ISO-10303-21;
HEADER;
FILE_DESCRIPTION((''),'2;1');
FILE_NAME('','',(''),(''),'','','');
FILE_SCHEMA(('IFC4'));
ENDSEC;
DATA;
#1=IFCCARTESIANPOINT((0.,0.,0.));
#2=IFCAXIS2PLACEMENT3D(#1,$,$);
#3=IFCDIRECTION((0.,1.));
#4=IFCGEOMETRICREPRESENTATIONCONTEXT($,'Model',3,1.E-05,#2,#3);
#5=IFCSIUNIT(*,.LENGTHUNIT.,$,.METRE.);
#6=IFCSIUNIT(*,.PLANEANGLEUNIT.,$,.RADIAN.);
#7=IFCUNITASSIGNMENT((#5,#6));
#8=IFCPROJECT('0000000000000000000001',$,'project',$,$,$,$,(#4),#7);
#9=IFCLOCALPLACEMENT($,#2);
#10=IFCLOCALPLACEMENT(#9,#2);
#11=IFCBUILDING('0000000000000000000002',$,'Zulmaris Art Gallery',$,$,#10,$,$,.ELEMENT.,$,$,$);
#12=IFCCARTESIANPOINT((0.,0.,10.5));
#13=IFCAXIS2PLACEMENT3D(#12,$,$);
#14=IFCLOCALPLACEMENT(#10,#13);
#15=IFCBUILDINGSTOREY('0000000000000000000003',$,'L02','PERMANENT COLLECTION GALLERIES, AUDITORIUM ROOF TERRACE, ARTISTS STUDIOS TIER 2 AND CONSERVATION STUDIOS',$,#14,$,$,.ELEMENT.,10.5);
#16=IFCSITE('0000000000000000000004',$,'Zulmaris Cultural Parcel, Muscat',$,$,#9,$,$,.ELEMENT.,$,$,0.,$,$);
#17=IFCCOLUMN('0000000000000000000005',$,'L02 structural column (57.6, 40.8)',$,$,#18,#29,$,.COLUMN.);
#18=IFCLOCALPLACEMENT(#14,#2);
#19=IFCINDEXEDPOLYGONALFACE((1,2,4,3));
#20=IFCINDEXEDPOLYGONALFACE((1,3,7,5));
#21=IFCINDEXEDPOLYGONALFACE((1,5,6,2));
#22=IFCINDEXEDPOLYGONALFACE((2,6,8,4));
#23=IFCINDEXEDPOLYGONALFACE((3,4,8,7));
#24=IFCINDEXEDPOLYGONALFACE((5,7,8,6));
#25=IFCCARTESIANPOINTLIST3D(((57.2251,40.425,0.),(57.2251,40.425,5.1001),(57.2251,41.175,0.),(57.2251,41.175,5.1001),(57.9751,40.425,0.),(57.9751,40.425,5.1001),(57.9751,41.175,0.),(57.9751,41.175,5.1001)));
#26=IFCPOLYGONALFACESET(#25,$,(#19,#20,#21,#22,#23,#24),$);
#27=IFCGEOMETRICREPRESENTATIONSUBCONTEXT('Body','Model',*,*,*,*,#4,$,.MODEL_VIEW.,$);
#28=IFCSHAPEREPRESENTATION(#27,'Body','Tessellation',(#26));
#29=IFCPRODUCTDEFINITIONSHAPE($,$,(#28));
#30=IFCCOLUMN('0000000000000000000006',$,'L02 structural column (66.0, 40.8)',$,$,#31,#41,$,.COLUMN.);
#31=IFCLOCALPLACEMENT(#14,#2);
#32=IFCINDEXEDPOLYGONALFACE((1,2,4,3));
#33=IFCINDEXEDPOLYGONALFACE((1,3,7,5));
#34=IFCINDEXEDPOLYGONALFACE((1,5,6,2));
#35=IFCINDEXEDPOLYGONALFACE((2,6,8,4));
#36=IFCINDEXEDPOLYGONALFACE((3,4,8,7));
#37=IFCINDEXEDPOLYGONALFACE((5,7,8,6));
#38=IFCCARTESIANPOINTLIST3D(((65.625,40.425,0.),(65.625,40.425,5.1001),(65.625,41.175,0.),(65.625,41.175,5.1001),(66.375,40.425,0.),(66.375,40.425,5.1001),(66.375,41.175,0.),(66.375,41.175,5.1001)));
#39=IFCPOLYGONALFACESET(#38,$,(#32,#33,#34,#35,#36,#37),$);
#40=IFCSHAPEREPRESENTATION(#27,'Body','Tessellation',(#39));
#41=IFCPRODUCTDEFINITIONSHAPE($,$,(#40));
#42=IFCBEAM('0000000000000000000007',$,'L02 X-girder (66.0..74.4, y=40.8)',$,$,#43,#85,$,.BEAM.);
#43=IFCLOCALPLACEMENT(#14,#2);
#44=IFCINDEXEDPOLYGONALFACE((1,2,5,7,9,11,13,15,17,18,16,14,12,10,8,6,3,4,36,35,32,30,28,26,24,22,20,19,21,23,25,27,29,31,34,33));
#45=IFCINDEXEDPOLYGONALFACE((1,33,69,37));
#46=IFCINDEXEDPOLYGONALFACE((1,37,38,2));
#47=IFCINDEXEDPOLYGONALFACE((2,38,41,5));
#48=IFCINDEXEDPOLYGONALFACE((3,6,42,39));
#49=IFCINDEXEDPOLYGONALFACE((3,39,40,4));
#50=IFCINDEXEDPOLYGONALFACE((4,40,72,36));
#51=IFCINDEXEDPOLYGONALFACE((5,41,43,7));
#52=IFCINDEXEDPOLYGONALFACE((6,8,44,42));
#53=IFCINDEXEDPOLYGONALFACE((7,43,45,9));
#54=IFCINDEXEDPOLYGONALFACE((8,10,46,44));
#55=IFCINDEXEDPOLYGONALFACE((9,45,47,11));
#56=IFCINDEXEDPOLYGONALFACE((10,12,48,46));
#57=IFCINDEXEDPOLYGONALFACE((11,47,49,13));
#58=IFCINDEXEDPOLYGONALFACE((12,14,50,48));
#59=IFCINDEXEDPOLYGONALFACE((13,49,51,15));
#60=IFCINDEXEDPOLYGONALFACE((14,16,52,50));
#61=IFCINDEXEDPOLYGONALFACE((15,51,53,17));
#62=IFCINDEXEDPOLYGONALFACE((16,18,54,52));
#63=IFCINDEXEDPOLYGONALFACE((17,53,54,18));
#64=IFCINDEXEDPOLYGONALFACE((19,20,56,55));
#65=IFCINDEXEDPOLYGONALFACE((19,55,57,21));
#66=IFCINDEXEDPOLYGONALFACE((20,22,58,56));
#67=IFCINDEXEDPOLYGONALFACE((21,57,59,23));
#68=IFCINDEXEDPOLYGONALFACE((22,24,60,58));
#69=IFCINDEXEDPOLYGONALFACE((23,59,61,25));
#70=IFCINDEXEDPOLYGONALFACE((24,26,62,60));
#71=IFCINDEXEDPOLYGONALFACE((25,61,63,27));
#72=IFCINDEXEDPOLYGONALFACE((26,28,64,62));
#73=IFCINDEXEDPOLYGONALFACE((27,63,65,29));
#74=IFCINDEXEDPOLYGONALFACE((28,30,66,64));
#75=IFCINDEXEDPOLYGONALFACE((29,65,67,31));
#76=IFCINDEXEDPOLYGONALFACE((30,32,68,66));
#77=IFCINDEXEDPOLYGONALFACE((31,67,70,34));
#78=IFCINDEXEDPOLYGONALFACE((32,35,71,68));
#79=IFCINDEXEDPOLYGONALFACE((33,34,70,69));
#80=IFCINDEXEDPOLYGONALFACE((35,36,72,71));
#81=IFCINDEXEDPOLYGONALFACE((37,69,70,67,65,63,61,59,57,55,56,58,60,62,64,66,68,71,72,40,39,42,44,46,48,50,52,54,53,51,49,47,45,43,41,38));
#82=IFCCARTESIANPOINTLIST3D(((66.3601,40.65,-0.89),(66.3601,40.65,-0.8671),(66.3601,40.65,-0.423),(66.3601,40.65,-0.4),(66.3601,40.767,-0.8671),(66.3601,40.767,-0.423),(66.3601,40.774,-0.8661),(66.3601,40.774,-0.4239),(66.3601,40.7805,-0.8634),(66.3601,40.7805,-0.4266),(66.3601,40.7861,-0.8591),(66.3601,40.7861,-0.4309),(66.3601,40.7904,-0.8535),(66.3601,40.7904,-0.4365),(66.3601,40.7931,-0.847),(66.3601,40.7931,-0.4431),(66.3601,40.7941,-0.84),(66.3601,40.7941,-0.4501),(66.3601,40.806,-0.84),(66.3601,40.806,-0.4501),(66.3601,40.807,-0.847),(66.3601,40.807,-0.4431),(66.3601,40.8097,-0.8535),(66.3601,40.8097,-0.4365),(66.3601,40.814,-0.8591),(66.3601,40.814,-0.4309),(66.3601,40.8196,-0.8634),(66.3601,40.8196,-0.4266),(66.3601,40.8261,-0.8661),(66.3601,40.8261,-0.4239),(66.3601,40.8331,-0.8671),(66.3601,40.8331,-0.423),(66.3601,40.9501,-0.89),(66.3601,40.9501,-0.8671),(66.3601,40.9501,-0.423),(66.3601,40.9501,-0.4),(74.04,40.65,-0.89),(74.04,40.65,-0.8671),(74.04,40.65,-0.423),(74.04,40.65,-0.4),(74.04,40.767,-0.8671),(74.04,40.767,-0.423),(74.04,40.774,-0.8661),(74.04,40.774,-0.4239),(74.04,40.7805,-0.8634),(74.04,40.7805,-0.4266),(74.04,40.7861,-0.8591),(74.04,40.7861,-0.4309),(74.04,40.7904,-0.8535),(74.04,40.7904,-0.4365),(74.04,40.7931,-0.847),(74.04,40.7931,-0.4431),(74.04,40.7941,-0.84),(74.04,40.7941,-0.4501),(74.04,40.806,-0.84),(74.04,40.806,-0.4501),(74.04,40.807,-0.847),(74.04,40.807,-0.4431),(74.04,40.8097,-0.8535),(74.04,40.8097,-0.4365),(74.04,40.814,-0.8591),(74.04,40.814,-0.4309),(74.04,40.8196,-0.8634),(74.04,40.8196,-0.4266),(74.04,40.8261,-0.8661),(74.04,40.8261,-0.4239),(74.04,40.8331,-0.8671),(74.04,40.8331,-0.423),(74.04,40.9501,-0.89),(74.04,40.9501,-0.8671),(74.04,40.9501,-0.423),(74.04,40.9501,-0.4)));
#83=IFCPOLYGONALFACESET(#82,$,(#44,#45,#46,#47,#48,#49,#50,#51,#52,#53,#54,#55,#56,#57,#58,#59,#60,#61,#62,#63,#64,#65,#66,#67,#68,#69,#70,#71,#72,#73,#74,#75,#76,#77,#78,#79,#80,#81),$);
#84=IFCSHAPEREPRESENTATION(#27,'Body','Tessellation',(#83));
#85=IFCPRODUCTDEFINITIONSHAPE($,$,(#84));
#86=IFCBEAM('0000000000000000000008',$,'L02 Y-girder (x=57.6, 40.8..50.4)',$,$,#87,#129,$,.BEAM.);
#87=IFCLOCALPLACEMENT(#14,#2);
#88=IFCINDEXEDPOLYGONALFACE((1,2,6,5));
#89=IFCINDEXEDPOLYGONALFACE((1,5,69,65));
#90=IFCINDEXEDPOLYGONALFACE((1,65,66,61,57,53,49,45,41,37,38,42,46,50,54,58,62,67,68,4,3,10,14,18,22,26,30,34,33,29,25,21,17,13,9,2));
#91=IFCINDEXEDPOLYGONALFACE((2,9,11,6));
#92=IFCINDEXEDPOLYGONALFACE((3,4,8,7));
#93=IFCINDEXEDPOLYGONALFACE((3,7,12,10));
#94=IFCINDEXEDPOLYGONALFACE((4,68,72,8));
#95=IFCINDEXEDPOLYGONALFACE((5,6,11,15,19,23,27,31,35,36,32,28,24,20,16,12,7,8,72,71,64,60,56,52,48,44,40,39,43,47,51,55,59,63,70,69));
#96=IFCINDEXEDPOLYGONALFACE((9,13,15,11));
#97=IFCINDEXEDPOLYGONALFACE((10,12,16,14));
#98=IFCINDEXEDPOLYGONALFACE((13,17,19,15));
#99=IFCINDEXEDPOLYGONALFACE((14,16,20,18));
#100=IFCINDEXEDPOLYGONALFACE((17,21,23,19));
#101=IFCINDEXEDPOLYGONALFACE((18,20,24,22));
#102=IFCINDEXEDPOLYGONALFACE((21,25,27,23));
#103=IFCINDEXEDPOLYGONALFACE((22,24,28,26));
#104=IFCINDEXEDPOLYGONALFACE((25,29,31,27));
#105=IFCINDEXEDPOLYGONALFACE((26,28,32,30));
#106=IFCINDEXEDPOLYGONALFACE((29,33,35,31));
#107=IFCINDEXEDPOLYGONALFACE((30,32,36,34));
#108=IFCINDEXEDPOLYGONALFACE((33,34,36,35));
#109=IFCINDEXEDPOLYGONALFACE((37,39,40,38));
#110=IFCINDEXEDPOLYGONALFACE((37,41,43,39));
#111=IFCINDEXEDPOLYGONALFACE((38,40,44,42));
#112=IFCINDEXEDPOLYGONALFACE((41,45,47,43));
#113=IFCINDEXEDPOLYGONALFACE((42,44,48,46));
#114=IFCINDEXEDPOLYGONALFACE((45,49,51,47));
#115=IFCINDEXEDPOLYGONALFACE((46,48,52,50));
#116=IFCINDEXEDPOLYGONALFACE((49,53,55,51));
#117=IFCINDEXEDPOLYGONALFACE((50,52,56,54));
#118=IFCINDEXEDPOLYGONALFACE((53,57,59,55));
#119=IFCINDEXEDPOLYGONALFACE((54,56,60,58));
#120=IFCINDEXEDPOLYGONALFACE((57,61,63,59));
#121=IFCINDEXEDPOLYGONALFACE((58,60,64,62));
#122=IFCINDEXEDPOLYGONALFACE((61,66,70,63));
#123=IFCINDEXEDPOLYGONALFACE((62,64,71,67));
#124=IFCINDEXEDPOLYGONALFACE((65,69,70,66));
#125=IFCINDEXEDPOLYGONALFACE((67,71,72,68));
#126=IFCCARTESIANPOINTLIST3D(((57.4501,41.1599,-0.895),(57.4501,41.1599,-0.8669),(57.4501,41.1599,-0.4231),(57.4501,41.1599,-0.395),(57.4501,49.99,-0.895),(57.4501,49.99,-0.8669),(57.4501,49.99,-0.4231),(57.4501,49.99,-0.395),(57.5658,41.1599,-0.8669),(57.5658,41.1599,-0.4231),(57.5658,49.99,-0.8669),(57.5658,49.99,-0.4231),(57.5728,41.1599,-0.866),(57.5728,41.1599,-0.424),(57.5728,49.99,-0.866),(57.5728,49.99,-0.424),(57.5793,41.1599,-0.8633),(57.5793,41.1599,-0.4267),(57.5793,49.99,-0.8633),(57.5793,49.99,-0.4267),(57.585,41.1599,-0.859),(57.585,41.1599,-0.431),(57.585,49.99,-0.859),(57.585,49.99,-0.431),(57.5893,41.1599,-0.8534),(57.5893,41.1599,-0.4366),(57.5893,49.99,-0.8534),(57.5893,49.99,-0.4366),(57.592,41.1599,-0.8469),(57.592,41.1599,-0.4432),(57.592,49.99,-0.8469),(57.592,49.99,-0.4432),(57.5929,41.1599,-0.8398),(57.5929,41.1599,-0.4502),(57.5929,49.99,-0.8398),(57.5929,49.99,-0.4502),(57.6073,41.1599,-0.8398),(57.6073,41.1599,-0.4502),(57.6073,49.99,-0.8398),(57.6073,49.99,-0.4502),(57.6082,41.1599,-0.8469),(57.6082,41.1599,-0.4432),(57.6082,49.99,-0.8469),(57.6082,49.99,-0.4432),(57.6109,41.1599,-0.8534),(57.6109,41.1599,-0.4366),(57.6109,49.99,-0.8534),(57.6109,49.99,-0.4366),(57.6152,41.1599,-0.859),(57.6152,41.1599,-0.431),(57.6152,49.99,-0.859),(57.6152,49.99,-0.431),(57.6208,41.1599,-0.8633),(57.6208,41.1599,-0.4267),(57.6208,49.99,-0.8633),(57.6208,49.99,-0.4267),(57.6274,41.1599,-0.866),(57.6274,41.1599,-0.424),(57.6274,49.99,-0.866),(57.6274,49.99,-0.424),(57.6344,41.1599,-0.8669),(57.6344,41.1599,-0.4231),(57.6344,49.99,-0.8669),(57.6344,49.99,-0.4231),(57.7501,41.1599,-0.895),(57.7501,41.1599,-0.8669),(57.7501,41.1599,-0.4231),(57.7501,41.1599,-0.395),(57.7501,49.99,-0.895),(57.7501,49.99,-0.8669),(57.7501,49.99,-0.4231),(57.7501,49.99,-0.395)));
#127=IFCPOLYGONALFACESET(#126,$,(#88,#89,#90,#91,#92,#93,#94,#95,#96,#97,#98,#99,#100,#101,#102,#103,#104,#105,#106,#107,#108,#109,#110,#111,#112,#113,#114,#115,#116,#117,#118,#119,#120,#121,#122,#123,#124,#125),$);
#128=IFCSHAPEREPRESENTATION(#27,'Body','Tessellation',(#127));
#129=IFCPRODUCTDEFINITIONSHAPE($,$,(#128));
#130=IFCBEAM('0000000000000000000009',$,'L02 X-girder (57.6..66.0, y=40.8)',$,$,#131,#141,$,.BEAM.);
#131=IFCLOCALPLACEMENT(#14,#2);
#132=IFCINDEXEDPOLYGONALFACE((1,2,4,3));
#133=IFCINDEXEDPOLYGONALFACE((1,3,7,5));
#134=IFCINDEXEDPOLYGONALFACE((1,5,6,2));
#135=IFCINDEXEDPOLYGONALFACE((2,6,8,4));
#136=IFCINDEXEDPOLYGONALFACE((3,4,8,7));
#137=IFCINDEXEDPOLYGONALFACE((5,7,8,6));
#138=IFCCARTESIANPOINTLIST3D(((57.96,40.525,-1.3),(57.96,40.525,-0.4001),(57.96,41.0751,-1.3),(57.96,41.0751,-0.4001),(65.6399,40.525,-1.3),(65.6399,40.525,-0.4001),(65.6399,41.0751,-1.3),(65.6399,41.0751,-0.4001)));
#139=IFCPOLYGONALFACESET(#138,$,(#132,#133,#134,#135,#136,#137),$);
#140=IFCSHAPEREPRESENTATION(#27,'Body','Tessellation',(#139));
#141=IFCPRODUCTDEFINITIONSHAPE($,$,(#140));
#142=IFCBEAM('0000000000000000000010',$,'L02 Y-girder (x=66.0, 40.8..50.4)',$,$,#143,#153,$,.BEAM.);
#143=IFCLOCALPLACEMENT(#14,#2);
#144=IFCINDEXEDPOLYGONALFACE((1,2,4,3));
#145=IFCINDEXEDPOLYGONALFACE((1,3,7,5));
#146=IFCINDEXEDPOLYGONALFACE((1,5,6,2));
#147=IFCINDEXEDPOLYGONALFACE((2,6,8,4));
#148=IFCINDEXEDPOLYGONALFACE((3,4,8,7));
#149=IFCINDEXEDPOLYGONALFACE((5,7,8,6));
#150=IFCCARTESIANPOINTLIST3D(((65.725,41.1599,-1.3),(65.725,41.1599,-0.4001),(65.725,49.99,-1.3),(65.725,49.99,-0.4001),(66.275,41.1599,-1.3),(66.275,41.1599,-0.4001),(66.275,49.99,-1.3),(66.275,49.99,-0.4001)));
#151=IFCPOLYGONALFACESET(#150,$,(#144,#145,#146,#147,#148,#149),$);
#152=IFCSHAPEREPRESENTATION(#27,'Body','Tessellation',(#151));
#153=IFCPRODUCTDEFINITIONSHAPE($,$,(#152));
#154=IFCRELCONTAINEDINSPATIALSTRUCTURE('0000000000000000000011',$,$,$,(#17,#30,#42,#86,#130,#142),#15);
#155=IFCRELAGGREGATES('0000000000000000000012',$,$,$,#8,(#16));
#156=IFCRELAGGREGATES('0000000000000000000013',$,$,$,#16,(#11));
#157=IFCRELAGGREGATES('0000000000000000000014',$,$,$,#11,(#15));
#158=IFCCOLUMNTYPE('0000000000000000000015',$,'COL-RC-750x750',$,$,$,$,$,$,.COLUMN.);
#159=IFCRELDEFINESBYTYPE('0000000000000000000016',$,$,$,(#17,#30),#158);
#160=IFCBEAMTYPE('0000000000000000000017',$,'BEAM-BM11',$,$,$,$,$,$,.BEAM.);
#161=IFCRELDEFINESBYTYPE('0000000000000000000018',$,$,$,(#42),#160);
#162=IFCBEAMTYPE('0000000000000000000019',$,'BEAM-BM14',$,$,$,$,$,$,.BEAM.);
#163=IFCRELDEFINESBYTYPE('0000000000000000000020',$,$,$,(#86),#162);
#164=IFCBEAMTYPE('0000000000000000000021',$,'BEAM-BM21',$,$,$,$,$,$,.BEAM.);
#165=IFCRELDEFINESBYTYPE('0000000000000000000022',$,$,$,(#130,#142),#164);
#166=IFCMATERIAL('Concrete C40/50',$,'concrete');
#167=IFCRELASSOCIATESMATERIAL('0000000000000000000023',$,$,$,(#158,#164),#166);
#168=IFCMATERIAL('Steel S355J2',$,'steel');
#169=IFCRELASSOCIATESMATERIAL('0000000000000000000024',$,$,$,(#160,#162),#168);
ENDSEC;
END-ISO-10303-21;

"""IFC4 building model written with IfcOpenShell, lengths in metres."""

from ifc_helpers import new_model, si_unit, direction, frame, origin, origin_2d, place, context, subcontext, project, spatial, rectangle, i_section, extrude, material, material_profile, profile_set, type_object, element, save


model = new_model("IFC4")

# Units and contexts
model_context = context("Model", 3, precision=1e-05, world=origin(), true_north=direction((0.0, 1.0)))
body_context = subcontext(model_context, "Body", "Model", "MODEL_VIEW")
ifc_project = project(units=[si_unit("LENGTHUNIT", "METRE"), si_unit("PLANEANGLEUNIT", "RADIAN")], contexts=[model_context])

# Site, building, storey
site_placement = place(None, origin())
site = spatial("IfcSite", under=ifc_project, at=site_placement, Name="Zulmaris Cultural Parcel, Muscat", CompositionType="ELEMENT", RefElevation=0.0)
building_placement = place(site_placement, origin())
building = spatial("IfcBuilding", under=site, at=building_placement, Name="Zulmaris Art Gallery", CompositionType="ELEMENT")
storey_placement = place(building_placement, frame((0.0, 0.0, 10.5)))
storey = spatial("IfcBuildingStorey", under=building, at=storey_placement, Name="L02", Description="PERMANENT COLLECTION GALLERIES, AUDITORIUM ROOF TERRACE, ARTISTS STUDIOS TIER 2 AND CONSERVATION STUDIOS", CompositionType="ELEMENT", Elevation=10.5)

# Columns
ifc_material_1 = material(Name="Concrete C40/50", Category="concrete")
ifc_material_profile_1 = material_profile(ifc_material_1, rectangle(XDim=0.75, YDim=0.75, at=origin_2d()), Name="RC 750x750")
ifc_profile_set_1 = profile_set([ifc_material_profile_1], Name="Concrete C40/50")
column_type = type_object("IfcColumnType", Name="COL-RC-750x750", PredefinedType="COLUMN", material=ifc_profile_set_1)
for number, where, z_axis, x_axis, name in (
    (1, (57.6001, 40.8, 0.0), (0.0, 0.0, 1.0), (1.0, 0.0, 0.0), "L02 structural column (57.6, 40.8)"),
    (2, (66.0, 40.8, 0.0), (0.0, 0.0, 1.0), (1.0, 0.0, 0.0), "L02 structural column (66.0, 40.8)"),
):
    element("IfcColumn", number, at=place(storey_placement, frame(where, z_axis=z_axis, x_axis=x_axis)), inside=storey, type_object=column_type, Name=name, PredefinedType="COLUMN", context=body_context, shape_type="SweptSolid", body=[
        extrude(rectangle(XDim=0.75, YDim=0.75, at=origin_2d()), origin(), (0.0, 0.0, 1.0), 5.1001),
    ])

# Beams
ifc_material_2 = material(Name="Steel S355J2", Category="steel")
ifc_material_profile_2 = material_profile(ifc_material_2, i_section(OverallWidth=0.3, OverallDepth=0.49, WebThickness=0.012, FlangeThickness=0.0229, FilletRadius=0.0271, at=origin_2d()), Name="HEA 500")
ifc_profile_set_2 = profile_set([ifc_material_profile_2], Name="Steel S355J2")
beam_type_1 = type_object("IfcBeamType", Name="BEAM-BM11", PredefinedType="BEAM", material=ifc_profile_set_2)
beam_1_placement = place(storey_placement, frame((66.3601, 40.8, -0.645), z_axis=(1.0, 0.0, 0.0), x_axis=(0.0, 1.0, 0.0)))
element("IfcBeam", 3, at=beam_1_placement, inside=storey, type_object=beam_type_1, Name="L02 X-girder (66.0..74.4, y=40.8)", PredefinedType="BEAM", context=body_context, shape_type="SweptSolid", body=[
    extrude(i_section(OverallWidth=0.3, OverallDepth=0.49, WebThickness=0.012, FlangeThickness=0.0229, FilletRadius=0.0271, at=origin_2d()), origin(), (0.0, 0.0, 1.0), 7.6799),
])
ifc_material_profile_3 = material_profile(ifc_material_2, i_section(OverallWidth=0.3, OverallDepth=0.5, WebThickness=0.0144, FlangeThickness=0.0281, FilletRadius=0.0271, at=origin_2d()), Name="HEB 500")
ifc_profile_set_3 = profile_set([ifc_material_profile_3], Name="Steel S355J2")
beam_type_2 = type_object("IfcBeamType", Name="BEAM-BM14", PredefinedType="BEAM", material=ifc_profile_set_3)
beam_2_placement = place(storey_placement, frame((57.6001, 41.1599, -0.645), z_axis=(0.0, 1.0, 0.0), x_axis=(-1.0, 0.0, 0.0)))
element("IfcBeam", 4, at=beam_2_placement, inside=storey, type_object=beam_type_2, Name="L02 Y-girder (x=57.6, 40.8..50.4)", PredefinedType="BEAM", context=body_context, shape_type="SweptSolid", body=[
    extrude(i_section(OverallWidth=0.3, OverallDepth=0.5, WebThickness=0.0144, FlangeThickness=0.0281, FilletRadius=0.0271, at=origin_2d()), origin(), (0.0, 0.0, 1.0), 8.8301),
])
ifc_material_profile_4 = material_profile(ifc_material_1, rectangle(XDim=0.55, YDim=0.8999, at=origin_2d()), Name="RC 550x900")
ifc_profile_set_4 = profile_set([ifc_material_profile_4], Name="Concrete C40/50")
beam_type_3 = type_object("IfcBeamType", Name="BEAM-BM21", PredefinedType="BEAM", material=ifc_profile_set_4)
beam_3_placement = place(storey_placement, frame((57.96, 40.8, -0.8501), z_axis=(1.0, 0.0, 0.0), x_axis=(0.0, 1.0, 0.0)))
element("IfcBeam", 5, at=beam_3_placement, inside=storey, type_object=beam_type_3, Name="L02 X-girder (57.6..66.0, y=40.8)", PredefinedType="BEAM", context=body_context, shape_type="SweptSolid", body=[
    extrude(rectangle(XDim=0.55, YDim=0.8999, at=origin_2d()), origin(), (0.0, 0.0, 1.0), 7.6799),
])
beam_4_placement = place(storey_placement, frame((66.0, 41.1599, -0.8501), z_axis=(0.0, 1.0, 0.0), x_axis=(-1.0, 0.0, 0.0)))
element("IfcBeam", 6, at=beam_4_placement, inside=storey, type_object=beam_type_3, Name="L02 Y-girder (x=66.0, 40.8..50.4)", PredefinedType="BEAM", context=body_context, shape_type="SweptSolid", body=[
    extrude(rectangle(XDim=0.55, YDim=0.8999, at=origin_2d()), origin(), (0.0, 0.0, 1.0), 8.8301),
])

save(model, "model.ifc")
